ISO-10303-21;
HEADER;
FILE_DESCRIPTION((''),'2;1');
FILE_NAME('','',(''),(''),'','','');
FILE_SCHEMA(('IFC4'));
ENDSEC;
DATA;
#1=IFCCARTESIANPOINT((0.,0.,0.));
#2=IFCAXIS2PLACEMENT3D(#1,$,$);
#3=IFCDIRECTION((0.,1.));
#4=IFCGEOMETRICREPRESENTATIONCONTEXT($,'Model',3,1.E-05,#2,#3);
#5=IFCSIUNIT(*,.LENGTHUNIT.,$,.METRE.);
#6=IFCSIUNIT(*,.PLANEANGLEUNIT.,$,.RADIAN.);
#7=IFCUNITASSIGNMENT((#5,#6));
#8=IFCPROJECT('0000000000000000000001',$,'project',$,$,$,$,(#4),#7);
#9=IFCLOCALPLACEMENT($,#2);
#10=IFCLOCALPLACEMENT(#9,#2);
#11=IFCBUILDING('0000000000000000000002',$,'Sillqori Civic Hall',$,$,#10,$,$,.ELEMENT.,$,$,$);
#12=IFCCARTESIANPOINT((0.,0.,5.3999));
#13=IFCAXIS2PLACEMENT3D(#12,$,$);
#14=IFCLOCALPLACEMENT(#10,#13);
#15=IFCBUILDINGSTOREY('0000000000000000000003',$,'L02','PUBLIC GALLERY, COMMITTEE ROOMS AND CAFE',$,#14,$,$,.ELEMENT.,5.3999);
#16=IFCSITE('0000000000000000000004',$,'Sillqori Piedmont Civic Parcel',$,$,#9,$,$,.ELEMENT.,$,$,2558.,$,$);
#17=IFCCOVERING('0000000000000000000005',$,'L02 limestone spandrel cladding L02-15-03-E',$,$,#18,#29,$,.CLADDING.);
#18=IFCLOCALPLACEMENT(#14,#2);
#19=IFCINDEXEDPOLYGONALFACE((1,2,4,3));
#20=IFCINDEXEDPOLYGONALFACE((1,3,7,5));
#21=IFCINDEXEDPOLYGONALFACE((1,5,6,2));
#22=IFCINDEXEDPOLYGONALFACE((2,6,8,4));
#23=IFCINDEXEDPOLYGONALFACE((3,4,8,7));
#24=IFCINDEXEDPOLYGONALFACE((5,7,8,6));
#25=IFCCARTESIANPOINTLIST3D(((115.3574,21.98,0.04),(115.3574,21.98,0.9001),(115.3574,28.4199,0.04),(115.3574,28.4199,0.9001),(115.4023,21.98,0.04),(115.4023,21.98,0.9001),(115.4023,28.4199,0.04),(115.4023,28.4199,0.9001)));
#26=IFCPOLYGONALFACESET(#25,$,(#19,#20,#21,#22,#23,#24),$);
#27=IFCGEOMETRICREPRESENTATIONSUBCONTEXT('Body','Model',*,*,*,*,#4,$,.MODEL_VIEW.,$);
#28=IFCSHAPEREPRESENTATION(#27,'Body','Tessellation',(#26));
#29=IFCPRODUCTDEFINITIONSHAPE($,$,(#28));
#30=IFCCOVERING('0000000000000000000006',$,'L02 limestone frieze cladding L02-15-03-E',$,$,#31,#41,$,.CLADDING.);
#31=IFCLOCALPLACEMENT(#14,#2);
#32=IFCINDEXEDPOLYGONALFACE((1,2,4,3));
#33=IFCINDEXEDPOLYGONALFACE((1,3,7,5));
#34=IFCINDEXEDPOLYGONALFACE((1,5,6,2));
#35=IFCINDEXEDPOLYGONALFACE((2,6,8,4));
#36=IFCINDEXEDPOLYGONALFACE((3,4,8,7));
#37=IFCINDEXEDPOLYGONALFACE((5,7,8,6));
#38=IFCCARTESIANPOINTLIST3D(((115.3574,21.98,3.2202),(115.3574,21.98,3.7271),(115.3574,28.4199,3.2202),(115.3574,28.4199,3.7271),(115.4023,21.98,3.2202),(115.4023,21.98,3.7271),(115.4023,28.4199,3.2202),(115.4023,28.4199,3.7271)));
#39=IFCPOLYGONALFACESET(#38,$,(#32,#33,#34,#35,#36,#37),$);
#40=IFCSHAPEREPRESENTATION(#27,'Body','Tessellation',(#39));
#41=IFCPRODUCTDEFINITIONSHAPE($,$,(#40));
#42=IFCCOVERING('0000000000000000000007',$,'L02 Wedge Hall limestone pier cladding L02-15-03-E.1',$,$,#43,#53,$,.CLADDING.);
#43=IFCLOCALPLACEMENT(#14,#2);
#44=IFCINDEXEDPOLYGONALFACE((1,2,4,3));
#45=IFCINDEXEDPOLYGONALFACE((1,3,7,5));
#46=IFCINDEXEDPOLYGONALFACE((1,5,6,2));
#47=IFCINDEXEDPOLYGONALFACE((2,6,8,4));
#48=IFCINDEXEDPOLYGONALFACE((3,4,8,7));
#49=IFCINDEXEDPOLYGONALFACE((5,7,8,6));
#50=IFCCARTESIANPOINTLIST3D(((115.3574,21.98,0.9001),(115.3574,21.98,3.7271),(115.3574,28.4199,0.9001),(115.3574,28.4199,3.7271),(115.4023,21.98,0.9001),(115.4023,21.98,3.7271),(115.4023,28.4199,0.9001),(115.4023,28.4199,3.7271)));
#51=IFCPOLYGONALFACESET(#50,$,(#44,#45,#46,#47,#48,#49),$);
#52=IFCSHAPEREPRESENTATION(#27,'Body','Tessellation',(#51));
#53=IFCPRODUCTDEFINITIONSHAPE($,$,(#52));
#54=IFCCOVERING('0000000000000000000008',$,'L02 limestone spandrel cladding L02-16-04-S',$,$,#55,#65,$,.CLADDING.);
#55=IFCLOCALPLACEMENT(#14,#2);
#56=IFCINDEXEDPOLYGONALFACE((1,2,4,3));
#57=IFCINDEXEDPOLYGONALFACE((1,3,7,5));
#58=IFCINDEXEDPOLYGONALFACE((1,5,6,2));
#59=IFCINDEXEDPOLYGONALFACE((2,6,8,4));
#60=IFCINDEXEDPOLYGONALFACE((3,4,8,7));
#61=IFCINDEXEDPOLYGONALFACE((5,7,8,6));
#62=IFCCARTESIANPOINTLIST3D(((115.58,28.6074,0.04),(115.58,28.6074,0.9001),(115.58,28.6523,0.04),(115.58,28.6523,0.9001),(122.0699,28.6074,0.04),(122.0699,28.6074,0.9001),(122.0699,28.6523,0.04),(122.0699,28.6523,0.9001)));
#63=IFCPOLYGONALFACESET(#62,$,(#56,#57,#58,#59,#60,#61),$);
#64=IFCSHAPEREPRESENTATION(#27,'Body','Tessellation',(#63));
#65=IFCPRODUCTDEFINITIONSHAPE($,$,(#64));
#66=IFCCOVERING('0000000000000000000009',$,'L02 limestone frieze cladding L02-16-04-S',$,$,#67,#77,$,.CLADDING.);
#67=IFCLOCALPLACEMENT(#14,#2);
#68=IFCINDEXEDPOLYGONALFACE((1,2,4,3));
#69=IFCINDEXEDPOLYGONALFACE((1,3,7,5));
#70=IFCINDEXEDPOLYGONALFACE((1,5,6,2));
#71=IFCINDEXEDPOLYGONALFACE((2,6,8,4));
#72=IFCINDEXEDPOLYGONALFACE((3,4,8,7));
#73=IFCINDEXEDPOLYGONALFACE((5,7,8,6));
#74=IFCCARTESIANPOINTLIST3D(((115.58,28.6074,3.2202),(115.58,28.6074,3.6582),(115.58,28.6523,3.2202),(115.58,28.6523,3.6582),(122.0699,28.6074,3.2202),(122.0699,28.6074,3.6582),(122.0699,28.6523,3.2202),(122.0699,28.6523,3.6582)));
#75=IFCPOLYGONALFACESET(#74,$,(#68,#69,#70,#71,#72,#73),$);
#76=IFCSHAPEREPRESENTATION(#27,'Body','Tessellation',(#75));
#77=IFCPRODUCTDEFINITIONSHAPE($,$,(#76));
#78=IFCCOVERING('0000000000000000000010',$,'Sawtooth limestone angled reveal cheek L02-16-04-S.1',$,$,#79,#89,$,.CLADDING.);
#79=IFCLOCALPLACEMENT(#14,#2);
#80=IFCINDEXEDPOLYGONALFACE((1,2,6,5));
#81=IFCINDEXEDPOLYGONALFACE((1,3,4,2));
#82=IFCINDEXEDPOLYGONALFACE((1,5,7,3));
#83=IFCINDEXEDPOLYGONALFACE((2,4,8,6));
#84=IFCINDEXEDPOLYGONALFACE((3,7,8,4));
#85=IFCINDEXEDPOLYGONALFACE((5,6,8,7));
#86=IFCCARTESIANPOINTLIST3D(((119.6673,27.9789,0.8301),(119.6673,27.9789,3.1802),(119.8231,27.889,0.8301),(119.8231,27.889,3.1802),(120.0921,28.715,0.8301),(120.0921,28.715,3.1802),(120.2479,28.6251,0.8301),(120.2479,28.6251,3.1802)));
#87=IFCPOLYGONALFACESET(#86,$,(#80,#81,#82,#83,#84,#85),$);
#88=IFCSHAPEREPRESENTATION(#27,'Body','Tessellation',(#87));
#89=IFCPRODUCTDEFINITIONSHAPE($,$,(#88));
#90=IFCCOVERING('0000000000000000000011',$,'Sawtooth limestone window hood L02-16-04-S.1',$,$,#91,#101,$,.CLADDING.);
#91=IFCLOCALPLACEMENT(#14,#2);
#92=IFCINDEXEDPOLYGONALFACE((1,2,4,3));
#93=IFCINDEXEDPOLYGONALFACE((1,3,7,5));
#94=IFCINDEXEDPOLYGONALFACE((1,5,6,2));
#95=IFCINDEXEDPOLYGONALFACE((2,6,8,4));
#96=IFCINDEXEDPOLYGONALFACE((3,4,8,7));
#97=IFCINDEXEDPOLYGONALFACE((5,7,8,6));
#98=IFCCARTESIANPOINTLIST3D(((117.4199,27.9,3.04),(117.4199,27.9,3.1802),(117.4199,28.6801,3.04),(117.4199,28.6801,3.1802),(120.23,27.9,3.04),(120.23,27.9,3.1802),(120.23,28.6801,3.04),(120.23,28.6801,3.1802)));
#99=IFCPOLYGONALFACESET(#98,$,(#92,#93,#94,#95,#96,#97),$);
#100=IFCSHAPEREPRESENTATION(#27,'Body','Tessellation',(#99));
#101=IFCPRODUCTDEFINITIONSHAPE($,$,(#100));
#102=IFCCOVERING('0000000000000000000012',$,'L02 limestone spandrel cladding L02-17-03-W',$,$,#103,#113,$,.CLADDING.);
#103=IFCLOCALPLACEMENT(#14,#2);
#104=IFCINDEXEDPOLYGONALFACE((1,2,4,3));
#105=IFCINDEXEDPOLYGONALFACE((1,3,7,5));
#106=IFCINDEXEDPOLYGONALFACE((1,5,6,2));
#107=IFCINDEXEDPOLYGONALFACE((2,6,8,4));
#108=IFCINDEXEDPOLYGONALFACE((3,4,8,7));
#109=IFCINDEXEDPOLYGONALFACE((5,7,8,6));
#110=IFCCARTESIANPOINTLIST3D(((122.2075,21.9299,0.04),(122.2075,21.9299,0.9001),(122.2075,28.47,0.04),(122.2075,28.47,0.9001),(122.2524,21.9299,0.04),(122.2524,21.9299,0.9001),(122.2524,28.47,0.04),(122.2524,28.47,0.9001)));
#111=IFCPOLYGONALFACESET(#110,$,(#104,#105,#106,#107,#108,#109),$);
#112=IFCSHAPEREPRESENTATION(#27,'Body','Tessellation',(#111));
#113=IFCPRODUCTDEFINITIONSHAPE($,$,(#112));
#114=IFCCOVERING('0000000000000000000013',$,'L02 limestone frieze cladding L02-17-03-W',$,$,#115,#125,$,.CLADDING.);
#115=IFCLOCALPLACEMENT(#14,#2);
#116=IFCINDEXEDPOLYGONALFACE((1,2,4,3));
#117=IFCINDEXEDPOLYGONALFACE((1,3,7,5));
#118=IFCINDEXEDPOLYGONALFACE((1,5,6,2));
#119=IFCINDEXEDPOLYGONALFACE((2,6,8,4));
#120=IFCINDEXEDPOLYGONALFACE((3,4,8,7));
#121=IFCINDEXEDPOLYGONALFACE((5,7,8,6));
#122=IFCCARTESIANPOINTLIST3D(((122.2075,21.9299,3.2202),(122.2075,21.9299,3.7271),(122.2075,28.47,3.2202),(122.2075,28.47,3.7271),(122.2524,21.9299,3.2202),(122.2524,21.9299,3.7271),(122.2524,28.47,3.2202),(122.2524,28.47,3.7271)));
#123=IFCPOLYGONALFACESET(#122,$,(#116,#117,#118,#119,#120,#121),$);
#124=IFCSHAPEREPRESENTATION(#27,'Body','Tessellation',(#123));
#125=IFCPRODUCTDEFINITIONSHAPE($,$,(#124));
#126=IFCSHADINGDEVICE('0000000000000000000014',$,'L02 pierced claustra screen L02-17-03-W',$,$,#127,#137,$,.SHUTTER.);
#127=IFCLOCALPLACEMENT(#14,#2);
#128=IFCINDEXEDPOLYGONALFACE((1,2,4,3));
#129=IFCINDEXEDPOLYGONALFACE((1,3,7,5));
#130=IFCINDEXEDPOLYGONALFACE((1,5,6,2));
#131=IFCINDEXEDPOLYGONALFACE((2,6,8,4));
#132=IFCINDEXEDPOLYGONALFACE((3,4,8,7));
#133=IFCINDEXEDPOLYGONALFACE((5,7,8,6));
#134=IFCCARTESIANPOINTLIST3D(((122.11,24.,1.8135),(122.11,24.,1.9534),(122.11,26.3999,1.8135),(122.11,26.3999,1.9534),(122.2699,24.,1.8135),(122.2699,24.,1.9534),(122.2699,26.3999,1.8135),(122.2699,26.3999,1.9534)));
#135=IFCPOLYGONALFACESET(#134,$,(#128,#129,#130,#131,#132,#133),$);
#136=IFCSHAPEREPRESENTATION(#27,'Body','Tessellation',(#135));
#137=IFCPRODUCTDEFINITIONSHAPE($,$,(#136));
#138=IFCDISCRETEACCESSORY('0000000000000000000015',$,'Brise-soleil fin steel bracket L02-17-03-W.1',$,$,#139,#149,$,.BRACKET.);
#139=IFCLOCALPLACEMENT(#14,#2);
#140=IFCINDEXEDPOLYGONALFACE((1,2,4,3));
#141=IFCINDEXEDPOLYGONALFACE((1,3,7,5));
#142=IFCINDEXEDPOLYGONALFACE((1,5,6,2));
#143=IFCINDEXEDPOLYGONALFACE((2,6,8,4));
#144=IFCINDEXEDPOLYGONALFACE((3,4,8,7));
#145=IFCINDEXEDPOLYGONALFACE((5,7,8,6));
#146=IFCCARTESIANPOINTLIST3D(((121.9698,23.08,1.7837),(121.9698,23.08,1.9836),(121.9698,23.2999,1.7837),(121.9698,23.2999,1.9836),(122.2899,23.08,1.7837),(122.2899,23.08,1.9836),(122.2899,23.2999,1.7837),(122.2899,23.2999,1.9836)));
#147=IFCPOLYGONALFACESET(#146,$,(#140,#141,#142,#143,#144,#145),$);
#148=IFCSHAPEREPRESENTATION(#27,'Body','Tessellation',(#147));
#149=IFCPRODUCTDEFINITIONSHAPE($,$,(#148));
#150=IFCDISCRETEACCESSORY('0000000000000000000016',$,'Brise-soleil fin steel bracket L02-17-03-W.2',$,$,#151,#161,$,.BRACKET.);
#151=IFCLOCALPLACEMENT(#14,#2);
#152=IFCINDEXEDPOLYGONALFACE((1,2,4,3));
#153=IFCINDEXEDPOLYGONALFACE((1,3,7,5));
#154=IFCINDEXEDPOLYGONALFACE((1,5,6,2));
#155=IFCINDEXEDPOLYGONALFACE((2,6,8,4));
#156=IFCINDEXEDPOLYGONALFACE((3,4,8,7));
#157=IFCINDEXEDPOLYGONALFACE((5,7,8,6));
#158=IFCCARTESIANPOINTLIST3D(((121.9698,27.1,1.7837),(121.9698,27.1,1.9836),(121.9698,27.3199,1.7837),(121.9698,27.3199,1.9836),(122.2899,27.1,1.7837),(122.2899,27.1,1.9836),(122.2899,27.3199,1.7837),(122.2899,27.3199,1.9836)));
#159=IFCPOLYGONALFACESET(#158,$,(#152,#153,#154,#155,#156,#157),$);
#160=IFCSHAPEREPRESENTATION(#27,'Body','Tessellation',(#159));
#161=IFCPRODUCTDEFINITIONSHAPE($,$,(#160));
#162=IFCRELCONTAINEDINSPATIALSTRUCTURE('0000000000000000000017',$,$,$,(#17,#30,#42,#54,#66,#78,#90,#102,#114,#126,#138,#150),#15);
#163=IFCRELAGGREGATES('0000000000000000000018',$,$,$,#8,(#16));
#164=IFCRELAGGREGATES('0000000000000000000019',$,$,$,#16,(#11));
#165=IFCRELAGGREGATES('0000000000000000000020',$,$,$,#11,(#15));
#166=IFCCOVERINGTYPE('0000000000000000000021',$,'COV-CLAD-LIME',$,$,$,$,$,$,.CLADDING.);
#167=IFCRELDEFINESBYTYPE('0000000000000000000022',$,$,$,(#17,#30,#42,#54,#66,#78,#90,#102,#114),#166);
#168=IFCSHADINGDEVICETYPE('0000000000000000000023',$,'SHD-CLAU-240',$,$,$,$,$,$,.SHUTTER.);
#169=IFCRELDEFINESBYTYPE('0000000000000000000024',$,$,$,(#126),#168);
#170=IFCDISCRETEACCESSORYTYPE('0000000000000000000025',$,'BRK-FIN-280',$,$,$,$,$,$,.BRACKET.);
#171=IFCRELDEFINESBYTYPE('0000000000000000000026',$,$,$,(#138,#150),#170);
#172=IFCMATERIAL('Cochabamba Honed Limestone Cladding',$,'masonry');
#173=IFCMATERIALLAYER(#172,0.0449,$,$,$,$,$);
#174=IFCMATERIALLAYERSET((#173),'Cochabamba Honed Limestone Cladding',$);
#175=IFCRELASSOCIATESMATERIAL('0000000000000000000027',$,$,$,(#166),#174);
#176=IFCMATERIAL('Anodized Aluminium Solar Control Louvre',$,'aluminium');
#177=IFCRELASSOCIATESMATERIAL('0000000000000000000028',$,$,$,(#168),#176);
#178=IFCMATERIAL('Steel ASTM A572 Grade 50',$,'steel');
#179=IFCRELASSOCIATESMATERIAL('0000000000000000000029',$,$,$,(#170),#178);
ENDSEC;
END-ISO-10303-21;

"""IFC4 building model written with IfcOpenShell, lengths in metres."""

from ifc_helpers import new_model, si_unit, direction, frame, frame_2d, origin, origin_2d, place, context, subcontext, project, spatial, rectangle, extrude, material, layer, layer_set, type_object, element, save


model = new_model("IFC4")

# Units and contexts
model_context = context("Model", 3, precision=1e-05, world=origin(), true_north=direction((0.0, 1.0)))
body_context = subcontext(model_context, "Body", "Model", "MODEL_VIEW")
ifc_project = project(units=[si_unit("LENGTHUNIT", "METRE"), si_unit("PLANEANGLEUNIT", "RADIAN")], contexts=[model_context])

# Site, building, storey
site_placement = place(None, origin())
site = spatial("IfcSite", under=ifc_project, at=site_placement, Name="Sillqori Piedmont Civic Parcel", CompositionType="ELEMENT", RefElevation=2558.0)
building_placement = place(site_placement, origin())
building = spatial("IfcBuilding", under=site, at=building_placement, Name="Sillqori Civic Hall", CompositionType="ELEMENT")
storey_placement = place(building_placement, frame((0.0, 0.0, 5.3999)))
storey = spatial("IfcBuildingStorey", under=building, at=storey_placement, Name="L02", Description="PUBLIC GALLERY, COMMITTEE ROOMS AND CAFE", CompositionType="ELEMENT", Elevation=5.3999)

# Coverings
ifc_material_1 = material(Name="Cochabamba Honed Limestone Cladding", Category="masonry")
ifc_layer_1 = layer(ifc_material_1, 0.0449)
ifc_layer_set_1 = layer_set([ifc_layer_1], Name="Cochabamba Honed Limestone Cladding")
covering_type = type_object("IfcCoveringType", Name="COV-CLAD-LIME", PredefinedType="CLADDING", material=ifc_layer_set_1)
covering_1_placement = place(storey_placement, frame((115.3799, 28.4199, 0.04), z_axis=(0.0, 0.0, 1.0), x_axis=(0.0, -1.0, 0.0)))
element("IfcCovering", 1, at=covering_1_placement, inside=storey, type_object=covering_type, Name="L02 limestone spandrel cladding L02-15-03-E", PredefinedType="CLADDING", context=body_context, shape_type="SweptSolid", body=[
    extrude(rectangle(XDim=6.4399, YDim=0.0449, at=frame_2d((3.22, 0.0))), origin(), (0.0, 0.0, 1.0), 0.8601),
])
covering_2_placement = place(storey_placement, frame((115.3799, 28.4199, 3.2202), z_axis=(0.0, 0.0, 1.0), x_axis=(0.0, -1.0, 0.0)))
element("IfcCovering", 2, at=covering_2_placement, inside=storey, type_object=covering_type, Name="L02 limestone frieze cladding L02-15-03-E", PredefinedType="CLADDING", context=body_context, shape_type="SweptSolid", body=[
    extrude(rectangle(XDim=6.4399, YDim=0.0449, at=frame_2d((3.22, 0.0))), origin(), (0.0, 0.0, 1.0), 0.5068),
])
covering_3_placement = place(storey_placement, frame((115.3799, 28.4199, 0.9001), z_axis=(0.0, 0.0, 1.0), x_axis=(0.0, -1.0, 0.0)))
element("IfcCovering", 3, at=covering_3_placement, inside=storey, type_object=covering_type, Name="L02 Wedge Hall limestone pier cladding L02-15-03-E.1", PredefinedType="CLADDING", context=body_context, shape_type="SweptSolid", body=[
    extrude(rectangle(XDim=6.4399, YDim=0.0449, at=frame_2d((3.22, 0.0))), origin(), (0.0, 0.0, 1.0), 2.8269),
])
covering_4_placement = place(storey_placement, frame((122.0701, 28.6299, 0.04), z_axis=(0.0, 0.0, 1.0), x_axis=(-1.0, 0.0, 0.0)))
element("IfcCovering", 4, at=covering_4_placement, inside=storey, type_object=covering_type, Name="L02 limestone spandrel cladding L02-16-04-S", PredefinedType="CLADDING", context=body_context, shape_type="SweptSolid", body=[
    extrude(rectangle(XDim=6.49, YDim=0.0449, at=frame_2d((3.2451, 0.0))), origin(), (0.0, 0.0, 1.0), 0.8601),
])
covering_5_placement = place(storey_placement, frame((122.0701, 28.6299, 3.2202), z_axis=(0.0, 0.0, 1.0), x_axis=(-1.0, 0.0, 0.0)))
element("IfcCovering", 5, at=covering_5_placement, inside=storey, type_object=covering_type, Name="L02 limestone frieze cladding L02-16-04-S", PredefinedType="CLADDING", context=body_context, shape_type="SweptSolid", body=[
    extrude(rectangle(XDim=6.49, YDim=0.0449, at=frame_2d((3.2451, 0.0))), origin(), (0.0, 0.0, 1.0), 0.438),
])
covering_6_placement = place(storey_placement, frame((120.1699, 28.6699, 0.8301), z_axis=(0.0, 0.0, 1.0), x_axis=(-0.499847, -0.866114, 0.0)))
element("IfcCovering", 6, at=covering_6_placement, inside=storey, type_object=covering_type, Name="Sawtooth limestone angled reveal cheek L02-16-04-S.1", PredefinedType="CLADDING", context=body_context, shape_type="SweptSolid", body=[
    extrude(rectangle(XDim=0.8499, YDim=0.1799, at=frame_2d((0.4248, 0.0))), origin(), (0.0, 0.0, 1.0), 2.3501),
])
covering_7_placement = place(storey_placement, frame((120.23, 28.29, 3.04), z_axis=(0.0, 0.0, 1.0), x_axis=(-1.0, 0.0, 0.0)))
element("IfcCovering", 7, at=covering_7_placement, inside=storey, type_object=covering_type, Name="Sawtooth limestone window hood L02-16-04-S.1", PredefinedType="CLADDING", context=body_context, shape_type="SweptSolid", body=[
    extrude(rectangle(XDim=2.8101, YDim=0.78, at=frame_2d((1.405, 0.0))), origin(), (0.0, 0.0, 1.0), 0.1401),
])
covering_8_placement = place(storey_placement, frame((122.23, 21.9299, 0.04), z_axis=(0.0, 0.0, 1.0), x_axis=(0.0, 1.0, 0.0)))
element("IfcCovering", 8, at=covering_8_placement, inside=storey, type_object=covering_type, Name="L02 limestone spandrel cladding L02-17-03-W", PredefinedType="CLADDING", context=body_context, shape_type="SweptSolid", body=[
    extrude(rectangle(XDim=6.54, YDim=0.0449, at=frame_2d((3.27, 0.0))), origin(), (0.0, 0.0, 1.0), 0.8601),
])
covering_9_placement = place(storey_placement, frame((122.23, 21.9299, 3.2202), z_axis=(0.0, 0.0, 1.0), x_axis=(0.0, 1.0, 0.0)))
element("IfcCovering", 9, at=covering_9_placement, inside=storey, type_object=covering_type, Name="L02 limestone frieze cladding L02-17-03-W", PredefinedType="CLADDING", context=body_context, shape_type="SweptSolid", body=[
    extrude(rectangle(XDim=6.54, YDim=0.0449, at=frame_2d((3.27, 0.0))), origin(), (0.0, 0.0, 1.0), 0.5068),
])

# Shading device
ifc_material_2 = material(Name="Anodized Aluminium Solar Control Louvre", Category="aluminium")
shading_device_type = type_object("IfcShadingDeviceType", Name="SHD-CLAU-240", PredefinedType="SHUTTER", material=ifc_material_2)
shading_device_placement = place(storey_placement, frame((122.1899, 25.2, 1.8135), z_axis=(0.0, 0.0, 1.0), x_axis=(0.0, 1.0, 0.0)))
element("IfcShadingDevice", 10, at=shading_device_placement, inside=storey, type_object=shading_device_type, Name="L02 pierced claustra screen L02-17-03-W", PredefinedType="SHUTTER", context=body_context, shape_type="SweptSolid", body=[
    extrude(rectangle(XDim=2.3999, YDim=0.1599, at=origin_2d()), origin(), (0.0, 0.0, 1.0), 0.1399),
])

# Discrete accessories
ifc_material_3 = material(Name="Steel ASTM A572 Grade 50", Category="steel")
discrete_accessory_type = type_object("IfcDiscreteAccessoryType", Name="BRK-FIN-280", PredefinedType="BRACKET", material=ifc_material_3)
for number, where, z_axis, x_axis, name in (
    (11, (122.1299, 23.1899, 1.7837), (0.0, 0.0, 1.0), (0.0, 1.0, 0.0), "Brise-soleil fin steel bracket L02-17-03-W.1"),
    (12, (122.1299, 27.21, 1.7837), (0.0, 0.0, 1.0), (0.0, 1.0, 0.0), "Brise-soleil fin steel bracket L02-17-03-W.2"),
):
    element("IfcDiscreteAccessory", number, at=place(storey_placement, frame(where, z_axis=z_axis, x_axis=x_axis)), inside=storey, type_object=discrete_accessory_type, Name=name, PredefinedType="BRACKET", context=body_context, shape_type="SweptSolid", body=[
        extrude(rectangle(XDim=0.22, YDim=0.3201, at=origin_2d()), origin(), (0.0, 0.0, 1.0), 0.2),
    ])

save(model, "model.ifc")
